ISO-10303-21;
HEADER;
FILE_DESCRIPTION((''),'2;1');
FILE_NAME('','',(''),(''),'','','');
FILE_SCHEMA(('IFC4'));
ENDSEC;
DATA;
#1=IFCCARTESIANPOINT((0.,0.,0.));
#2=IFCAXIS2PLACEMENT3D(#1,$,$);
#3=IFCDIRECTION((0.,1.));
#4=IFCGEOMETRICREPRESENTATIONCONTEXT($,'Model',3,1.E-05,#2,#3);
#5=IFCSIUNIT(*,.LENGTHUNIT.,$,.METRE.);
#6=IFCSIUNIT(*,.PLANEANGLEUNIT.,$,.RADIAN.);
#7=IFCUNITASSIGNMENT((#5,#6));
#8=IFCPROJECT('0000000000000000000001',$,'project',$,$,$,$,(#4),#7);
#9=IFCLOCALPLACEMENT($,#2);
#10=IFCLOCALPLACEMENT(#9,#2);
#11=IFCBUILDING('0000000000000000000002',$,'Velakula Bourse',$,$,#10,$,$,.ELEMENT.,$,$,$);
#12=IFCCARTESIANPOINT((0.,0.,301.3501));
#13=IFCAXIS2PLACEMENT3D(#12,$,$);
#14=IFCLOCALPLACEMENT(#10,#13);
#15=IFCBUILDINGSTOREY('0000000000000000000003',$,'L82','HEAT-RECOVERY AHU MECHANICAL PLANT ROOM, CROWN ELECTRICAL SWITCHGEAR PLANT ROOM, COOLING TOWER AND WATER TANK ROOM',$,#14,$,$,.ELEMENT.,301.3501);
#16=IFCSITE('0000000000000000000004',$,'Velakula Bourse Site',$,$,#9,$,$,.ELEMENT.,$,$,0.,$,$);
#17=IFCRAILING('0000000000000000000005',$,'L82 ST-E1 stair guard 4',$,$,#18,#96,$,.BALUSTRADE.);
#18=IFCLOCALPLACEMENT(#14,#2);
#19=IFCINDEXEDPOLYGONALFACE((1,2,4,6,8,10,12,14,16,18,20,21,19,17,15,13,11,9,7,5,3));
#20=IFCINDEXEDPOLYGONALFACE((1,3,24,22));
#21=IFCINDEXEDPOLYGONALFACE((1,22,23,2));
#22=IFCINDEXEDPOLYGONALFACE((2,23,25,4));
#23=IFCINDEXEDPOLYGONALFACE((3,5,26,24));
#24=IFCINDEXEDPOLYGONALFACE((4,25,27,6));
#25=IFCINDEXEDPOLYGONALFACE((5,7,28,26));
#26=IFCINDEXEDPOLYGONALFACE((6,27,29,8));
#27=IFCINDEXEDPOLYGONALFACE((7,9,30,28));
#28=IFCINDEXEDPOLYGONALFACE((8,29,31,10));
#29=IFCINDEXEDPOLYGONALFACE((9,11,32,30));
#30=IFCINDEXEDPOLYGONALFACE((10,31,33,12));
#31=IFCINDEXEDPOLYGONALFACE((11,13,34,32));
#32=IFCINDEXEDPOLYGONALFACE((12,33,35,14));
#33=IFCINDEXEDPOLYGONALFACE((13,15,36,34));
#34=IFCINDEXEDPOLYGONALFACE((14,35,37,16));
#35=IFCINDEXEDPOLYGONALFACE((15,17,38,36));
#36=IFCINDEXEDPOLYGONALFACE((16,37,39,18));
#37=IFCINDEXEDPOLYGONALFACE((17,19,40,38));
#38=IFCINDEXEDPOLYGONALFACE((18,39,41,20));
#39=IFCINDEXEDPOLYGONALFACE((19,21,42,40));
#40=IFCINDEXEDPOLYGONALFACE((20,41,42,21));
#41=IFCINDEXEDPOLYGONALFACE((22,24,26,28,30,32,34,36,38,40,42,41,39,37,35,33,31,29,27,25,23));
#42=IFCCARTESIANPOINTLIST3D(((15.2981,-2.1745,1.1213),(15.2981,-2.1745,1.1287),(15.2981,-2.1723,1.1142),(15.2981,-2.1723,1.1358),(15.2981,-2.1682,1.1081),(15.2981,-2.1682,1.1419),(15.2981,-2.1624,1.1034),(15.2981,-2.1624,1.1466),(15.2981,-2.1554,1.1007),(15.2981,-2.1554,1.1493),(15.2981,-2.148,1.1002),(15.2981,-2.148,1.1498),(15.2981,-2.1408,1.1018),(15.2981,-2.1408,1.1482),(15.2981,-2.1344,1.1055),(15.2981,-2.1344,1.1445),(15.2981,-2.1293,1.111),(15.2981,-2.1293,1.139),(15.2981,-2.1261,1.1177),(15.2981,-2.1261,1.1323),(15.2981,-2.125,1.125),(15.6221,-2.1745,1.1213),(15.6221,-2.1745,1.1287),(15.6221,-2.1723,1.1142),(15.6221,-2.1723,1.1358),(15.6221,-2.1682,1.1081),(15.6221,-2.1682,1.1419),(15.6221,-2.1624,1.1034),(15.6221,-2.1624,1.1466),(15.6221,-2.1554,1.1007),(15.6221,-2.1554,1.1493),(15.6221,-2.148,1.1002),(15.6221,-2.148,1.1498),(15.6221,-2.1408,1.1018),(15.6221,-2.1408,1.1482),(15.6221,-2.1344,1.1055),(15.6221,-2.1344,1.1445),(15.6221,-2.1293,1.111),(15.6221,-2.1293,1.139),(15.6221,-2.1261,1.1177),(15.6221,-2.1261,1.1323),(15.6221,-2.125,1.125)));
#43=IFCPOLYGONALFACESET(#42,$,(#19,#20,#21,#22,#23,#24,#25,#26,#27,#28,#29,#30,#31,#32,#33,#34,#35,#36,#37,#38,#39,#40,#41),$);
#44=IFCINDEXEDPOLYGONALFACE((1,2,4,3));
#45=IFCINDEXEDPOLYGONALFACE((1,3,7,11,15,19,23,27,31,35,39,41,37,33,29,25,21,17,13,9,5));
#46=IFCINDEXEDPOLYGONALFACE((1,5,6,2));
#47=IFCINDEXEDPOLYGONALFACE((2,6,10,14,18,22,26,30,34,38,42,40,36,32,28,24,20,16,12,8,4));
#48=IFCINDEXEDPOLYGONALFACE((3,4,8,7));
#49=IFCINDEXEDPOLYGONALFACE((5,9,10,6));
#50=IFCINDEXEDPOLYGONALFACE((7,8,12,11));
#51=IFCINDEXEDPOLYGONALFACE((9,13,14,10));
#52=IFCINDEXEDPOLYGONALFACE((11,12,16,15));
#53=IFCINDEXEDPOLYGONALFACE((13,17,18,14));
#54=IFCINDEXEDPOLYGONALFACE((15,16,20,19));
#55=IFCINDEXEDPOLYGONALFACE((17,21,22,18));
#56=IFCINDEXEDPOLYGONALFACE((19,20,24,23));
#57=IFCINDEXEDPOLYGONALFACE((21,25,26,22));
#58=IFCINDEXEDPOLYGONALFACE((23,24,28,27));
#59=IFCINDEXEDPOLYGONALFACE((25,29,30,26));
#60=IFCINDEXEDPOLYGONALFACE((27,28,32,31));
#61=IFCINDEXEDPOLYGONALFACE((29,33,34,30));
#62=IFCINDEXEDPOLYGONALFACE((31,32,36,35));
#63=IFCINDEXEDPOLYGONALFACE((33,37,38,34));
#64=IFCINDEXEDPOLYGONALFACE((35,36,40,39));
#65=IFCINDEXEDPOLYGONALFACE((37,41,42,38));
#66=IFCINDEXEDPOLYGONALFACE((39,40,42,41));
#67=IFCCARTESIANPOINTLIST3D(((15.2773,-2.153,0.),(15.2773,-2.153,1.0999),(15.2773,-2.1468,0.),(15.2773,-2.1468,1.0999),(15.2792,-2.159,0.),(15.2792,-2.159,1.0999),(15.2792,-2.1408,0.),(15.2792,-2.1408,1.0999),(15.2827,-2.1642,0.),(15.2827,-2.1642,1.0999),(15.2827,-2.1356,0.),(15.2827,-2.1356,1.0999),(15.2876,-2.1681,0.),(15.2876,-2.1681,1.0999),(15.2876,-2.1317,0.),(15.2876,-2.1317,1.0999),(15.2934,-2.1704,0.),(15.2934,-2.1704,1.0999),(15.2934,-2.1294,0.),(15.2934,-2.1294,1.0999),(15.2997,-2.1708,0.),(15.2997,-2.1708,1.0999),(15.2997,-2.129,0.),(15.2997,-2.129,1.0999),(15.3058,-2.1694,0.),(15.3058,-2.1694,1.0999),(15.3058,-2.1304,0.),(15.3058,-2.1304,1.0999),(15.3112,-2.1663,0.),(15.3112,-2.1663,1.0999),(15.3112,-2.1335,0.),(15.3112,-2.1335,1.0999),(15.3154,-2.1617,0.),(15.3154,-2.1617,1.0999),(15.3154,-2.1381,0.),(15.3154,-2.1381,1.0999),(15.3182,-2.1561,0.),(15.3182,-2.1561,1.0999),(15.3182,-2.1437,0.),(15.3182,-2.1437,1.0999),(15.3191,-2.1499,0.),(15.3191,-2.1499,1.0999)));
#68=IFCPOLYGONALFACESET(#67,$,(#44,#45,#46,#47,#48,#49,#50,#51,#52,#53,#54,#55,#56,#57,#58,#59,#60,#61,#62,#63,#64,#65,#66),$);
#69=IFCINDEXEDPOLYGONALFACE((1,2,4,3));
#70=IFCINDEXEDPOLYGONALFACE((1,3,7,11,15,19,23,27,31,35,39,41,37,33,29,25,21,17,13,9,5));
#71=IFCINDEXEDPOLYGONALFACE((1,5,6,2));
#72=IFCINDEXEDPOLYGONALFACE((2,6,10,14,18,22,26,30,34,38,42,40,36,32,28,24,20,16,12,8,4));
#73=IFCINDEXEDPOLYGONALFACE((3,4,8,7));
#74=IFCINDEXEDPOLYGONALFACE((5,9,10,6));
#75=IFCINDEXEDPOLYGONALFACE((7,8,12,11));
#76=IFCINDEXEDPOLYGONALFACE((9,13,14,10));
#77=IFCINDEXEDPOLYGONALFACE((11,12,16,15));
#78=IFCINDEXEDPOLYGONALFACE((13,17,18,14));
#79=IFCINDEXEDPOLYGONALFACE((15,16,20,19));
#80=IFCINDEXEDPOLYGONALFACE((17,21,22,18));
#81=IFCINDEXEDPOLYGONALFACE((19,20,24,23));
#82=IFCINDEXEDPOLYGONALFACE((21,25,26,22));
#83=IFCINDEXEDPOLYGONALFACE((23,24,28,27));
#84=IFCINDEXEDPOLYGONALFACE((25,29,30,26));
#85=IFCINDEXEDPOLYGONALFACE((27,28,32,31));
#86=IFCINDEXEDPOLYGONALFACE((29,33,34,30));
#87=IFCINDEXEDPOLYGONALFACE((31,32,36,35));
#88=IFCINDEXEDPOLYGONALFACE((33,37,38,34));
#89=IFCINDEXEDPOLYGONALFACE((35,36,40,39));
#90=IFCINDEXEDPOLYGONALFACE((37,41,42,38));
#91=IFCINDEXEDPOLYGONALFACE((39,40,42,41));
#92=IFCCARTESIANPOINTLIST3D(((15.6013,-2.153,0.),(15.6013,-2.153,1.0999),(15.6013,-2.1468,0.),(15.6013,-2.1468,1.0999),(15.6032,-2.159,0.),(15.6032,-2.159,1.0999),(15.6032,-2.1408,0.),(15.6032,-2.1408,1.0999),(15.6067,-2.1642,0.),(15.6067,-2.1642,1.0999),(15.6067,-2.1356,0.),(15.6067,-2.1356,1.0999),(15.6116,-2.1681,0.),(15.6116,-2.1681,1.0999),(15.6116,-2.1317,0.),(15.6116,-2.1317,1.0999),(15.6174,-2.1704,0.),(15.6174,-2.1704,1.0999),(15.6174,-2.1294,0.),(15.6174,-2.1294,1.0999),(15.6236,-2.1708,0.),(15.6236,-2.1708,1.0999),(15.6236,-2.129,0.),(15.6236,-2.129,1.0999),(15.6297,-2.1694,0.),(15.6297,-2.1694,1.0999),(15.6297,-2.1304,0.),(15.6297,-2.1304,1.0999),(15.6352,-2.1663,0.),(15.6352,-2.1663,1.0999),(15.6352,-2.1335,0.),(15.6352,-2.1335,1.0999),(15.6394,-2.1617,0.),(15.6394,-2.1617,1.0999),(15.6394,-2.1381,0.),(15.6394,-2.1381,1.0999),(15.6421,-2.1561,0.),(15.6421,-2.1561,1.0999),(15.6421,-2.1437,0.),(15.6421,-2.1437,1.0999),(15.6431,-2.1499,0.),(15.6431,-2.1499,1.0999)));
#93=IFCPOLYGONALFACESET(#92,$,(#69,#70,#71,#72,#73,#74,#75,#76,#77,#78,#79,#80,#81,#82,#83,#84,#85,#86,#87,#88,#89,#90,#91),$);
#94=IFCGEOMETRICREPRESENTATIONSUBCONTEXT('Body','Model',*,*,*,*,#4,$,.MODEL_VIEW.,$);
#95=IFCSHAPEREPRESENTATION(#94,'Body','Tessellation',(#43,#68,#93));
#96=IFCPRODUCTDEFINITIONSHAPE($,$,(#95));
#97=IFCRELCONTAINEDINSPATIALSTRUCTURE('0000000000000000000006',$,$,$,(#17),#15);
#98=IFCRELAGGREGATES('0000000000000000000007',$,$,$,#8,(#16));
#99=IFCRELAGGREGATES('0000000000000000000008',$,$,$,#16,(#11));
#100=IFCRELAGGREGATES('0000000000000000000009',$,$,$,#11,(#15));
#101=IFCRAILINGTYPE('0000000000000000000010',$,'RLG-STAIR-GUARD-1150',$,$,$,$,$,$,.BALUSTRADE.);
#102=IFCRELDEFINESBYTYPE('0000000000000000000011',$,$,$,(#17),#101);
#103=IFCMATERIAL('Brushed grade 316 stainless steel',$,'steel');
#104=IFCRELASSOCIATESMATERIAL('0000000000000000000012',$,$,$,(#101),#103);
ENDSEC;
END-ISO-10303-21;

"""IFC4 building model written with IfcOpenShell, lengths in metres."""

from ifc_helpers import new_model, si_unit, direction, frame, origin, origin_2d, place, context, subcontext, project, spatial, circle, extrude, material, type_object, element, save


model = new_model("IFC4")

# Units and contexts
model_context = context("Model", 3, precision=1e-05, world=origin(), true_north=direction((0.0, 1.0)))
body_context = subcontext(model_context, "Body", "Model", "MODEL_VIEW")
ifc_project = project(units=[si_unit("LENGTHUNIT", "METRE"), si_unit("PLANEANGLEUNIT", "RADIAN")], contexts=[model_context])

# Site, building, storey
site_placement = place(None, origin())
site = spatial("IfcSite", under=ifc_project, at=site_placement, Name="Velakula Bourse Site", CompositionType="ELEMENT", RefElevation=0.0)
building_placement = place(site_placement, origin())
building = spatial("IfcBuilding", under=site, at=building_placement, Name="Velakula Bourse", CompositionType="ELEMENT")
storey_placement = place(building_placement, frame((0.0, 0.0, 301.3501)))
storey = spatial("IfcBuildingStorey", under=building, at=storey_placement, Name="L82", Description="HEAT-RECOVERY AHU MECHANICAL PLANT ROOM, CROWN ELECTRICAL SWITCHGEAR PLANT ROOM, COOLING TOWER AND WATER TANK ROOM", CompositionType="ELEMENT", Elevation=301.3501)

# Shared definitions
ifc_material_1 = material(Name="Brushed grade 316 stainless steel", Category="steel")

# Railing
railing_type_1 = type_object("IfcRailingType", Name="RLG-STAIR-GUARD-1150", PredefinedType="BALUSTRADE", material=ifc_material_1)
railing_1_placement = place(storey_placement, frame((15.2981, -2.1499, 0.0)))
element("IfcRailing", 1, at=railing_1_placement, inside=storey, type_object=railing_type_1, Name="L82 ST-E1 stair guard 4", PredefinedType="BALUSTRADE", context=body_context, shape_type="SweptSolid", body=[
    extrude(circle(Radius=0.0249, at=origin_2d()), frame((0.0, 0.0, 1.125), z_axis=(1.0, 0.0, 0.0), x_axis=(0.0, 1.0, 0.0)), (0.0, 0.0, 1.0), 0.324),
    extrude(circle(Radius=0.021, at=origin_2d()), origin(), (0.0, 0.0, 1.0), 1.0999),
    extrude(circle(Radius=0.021, at=origin_2d()), frame((0.324, 0.0, 0.0)), (0.0, 0.0, 1.0), 1.0999),
])

save(model, "model.ifc")
